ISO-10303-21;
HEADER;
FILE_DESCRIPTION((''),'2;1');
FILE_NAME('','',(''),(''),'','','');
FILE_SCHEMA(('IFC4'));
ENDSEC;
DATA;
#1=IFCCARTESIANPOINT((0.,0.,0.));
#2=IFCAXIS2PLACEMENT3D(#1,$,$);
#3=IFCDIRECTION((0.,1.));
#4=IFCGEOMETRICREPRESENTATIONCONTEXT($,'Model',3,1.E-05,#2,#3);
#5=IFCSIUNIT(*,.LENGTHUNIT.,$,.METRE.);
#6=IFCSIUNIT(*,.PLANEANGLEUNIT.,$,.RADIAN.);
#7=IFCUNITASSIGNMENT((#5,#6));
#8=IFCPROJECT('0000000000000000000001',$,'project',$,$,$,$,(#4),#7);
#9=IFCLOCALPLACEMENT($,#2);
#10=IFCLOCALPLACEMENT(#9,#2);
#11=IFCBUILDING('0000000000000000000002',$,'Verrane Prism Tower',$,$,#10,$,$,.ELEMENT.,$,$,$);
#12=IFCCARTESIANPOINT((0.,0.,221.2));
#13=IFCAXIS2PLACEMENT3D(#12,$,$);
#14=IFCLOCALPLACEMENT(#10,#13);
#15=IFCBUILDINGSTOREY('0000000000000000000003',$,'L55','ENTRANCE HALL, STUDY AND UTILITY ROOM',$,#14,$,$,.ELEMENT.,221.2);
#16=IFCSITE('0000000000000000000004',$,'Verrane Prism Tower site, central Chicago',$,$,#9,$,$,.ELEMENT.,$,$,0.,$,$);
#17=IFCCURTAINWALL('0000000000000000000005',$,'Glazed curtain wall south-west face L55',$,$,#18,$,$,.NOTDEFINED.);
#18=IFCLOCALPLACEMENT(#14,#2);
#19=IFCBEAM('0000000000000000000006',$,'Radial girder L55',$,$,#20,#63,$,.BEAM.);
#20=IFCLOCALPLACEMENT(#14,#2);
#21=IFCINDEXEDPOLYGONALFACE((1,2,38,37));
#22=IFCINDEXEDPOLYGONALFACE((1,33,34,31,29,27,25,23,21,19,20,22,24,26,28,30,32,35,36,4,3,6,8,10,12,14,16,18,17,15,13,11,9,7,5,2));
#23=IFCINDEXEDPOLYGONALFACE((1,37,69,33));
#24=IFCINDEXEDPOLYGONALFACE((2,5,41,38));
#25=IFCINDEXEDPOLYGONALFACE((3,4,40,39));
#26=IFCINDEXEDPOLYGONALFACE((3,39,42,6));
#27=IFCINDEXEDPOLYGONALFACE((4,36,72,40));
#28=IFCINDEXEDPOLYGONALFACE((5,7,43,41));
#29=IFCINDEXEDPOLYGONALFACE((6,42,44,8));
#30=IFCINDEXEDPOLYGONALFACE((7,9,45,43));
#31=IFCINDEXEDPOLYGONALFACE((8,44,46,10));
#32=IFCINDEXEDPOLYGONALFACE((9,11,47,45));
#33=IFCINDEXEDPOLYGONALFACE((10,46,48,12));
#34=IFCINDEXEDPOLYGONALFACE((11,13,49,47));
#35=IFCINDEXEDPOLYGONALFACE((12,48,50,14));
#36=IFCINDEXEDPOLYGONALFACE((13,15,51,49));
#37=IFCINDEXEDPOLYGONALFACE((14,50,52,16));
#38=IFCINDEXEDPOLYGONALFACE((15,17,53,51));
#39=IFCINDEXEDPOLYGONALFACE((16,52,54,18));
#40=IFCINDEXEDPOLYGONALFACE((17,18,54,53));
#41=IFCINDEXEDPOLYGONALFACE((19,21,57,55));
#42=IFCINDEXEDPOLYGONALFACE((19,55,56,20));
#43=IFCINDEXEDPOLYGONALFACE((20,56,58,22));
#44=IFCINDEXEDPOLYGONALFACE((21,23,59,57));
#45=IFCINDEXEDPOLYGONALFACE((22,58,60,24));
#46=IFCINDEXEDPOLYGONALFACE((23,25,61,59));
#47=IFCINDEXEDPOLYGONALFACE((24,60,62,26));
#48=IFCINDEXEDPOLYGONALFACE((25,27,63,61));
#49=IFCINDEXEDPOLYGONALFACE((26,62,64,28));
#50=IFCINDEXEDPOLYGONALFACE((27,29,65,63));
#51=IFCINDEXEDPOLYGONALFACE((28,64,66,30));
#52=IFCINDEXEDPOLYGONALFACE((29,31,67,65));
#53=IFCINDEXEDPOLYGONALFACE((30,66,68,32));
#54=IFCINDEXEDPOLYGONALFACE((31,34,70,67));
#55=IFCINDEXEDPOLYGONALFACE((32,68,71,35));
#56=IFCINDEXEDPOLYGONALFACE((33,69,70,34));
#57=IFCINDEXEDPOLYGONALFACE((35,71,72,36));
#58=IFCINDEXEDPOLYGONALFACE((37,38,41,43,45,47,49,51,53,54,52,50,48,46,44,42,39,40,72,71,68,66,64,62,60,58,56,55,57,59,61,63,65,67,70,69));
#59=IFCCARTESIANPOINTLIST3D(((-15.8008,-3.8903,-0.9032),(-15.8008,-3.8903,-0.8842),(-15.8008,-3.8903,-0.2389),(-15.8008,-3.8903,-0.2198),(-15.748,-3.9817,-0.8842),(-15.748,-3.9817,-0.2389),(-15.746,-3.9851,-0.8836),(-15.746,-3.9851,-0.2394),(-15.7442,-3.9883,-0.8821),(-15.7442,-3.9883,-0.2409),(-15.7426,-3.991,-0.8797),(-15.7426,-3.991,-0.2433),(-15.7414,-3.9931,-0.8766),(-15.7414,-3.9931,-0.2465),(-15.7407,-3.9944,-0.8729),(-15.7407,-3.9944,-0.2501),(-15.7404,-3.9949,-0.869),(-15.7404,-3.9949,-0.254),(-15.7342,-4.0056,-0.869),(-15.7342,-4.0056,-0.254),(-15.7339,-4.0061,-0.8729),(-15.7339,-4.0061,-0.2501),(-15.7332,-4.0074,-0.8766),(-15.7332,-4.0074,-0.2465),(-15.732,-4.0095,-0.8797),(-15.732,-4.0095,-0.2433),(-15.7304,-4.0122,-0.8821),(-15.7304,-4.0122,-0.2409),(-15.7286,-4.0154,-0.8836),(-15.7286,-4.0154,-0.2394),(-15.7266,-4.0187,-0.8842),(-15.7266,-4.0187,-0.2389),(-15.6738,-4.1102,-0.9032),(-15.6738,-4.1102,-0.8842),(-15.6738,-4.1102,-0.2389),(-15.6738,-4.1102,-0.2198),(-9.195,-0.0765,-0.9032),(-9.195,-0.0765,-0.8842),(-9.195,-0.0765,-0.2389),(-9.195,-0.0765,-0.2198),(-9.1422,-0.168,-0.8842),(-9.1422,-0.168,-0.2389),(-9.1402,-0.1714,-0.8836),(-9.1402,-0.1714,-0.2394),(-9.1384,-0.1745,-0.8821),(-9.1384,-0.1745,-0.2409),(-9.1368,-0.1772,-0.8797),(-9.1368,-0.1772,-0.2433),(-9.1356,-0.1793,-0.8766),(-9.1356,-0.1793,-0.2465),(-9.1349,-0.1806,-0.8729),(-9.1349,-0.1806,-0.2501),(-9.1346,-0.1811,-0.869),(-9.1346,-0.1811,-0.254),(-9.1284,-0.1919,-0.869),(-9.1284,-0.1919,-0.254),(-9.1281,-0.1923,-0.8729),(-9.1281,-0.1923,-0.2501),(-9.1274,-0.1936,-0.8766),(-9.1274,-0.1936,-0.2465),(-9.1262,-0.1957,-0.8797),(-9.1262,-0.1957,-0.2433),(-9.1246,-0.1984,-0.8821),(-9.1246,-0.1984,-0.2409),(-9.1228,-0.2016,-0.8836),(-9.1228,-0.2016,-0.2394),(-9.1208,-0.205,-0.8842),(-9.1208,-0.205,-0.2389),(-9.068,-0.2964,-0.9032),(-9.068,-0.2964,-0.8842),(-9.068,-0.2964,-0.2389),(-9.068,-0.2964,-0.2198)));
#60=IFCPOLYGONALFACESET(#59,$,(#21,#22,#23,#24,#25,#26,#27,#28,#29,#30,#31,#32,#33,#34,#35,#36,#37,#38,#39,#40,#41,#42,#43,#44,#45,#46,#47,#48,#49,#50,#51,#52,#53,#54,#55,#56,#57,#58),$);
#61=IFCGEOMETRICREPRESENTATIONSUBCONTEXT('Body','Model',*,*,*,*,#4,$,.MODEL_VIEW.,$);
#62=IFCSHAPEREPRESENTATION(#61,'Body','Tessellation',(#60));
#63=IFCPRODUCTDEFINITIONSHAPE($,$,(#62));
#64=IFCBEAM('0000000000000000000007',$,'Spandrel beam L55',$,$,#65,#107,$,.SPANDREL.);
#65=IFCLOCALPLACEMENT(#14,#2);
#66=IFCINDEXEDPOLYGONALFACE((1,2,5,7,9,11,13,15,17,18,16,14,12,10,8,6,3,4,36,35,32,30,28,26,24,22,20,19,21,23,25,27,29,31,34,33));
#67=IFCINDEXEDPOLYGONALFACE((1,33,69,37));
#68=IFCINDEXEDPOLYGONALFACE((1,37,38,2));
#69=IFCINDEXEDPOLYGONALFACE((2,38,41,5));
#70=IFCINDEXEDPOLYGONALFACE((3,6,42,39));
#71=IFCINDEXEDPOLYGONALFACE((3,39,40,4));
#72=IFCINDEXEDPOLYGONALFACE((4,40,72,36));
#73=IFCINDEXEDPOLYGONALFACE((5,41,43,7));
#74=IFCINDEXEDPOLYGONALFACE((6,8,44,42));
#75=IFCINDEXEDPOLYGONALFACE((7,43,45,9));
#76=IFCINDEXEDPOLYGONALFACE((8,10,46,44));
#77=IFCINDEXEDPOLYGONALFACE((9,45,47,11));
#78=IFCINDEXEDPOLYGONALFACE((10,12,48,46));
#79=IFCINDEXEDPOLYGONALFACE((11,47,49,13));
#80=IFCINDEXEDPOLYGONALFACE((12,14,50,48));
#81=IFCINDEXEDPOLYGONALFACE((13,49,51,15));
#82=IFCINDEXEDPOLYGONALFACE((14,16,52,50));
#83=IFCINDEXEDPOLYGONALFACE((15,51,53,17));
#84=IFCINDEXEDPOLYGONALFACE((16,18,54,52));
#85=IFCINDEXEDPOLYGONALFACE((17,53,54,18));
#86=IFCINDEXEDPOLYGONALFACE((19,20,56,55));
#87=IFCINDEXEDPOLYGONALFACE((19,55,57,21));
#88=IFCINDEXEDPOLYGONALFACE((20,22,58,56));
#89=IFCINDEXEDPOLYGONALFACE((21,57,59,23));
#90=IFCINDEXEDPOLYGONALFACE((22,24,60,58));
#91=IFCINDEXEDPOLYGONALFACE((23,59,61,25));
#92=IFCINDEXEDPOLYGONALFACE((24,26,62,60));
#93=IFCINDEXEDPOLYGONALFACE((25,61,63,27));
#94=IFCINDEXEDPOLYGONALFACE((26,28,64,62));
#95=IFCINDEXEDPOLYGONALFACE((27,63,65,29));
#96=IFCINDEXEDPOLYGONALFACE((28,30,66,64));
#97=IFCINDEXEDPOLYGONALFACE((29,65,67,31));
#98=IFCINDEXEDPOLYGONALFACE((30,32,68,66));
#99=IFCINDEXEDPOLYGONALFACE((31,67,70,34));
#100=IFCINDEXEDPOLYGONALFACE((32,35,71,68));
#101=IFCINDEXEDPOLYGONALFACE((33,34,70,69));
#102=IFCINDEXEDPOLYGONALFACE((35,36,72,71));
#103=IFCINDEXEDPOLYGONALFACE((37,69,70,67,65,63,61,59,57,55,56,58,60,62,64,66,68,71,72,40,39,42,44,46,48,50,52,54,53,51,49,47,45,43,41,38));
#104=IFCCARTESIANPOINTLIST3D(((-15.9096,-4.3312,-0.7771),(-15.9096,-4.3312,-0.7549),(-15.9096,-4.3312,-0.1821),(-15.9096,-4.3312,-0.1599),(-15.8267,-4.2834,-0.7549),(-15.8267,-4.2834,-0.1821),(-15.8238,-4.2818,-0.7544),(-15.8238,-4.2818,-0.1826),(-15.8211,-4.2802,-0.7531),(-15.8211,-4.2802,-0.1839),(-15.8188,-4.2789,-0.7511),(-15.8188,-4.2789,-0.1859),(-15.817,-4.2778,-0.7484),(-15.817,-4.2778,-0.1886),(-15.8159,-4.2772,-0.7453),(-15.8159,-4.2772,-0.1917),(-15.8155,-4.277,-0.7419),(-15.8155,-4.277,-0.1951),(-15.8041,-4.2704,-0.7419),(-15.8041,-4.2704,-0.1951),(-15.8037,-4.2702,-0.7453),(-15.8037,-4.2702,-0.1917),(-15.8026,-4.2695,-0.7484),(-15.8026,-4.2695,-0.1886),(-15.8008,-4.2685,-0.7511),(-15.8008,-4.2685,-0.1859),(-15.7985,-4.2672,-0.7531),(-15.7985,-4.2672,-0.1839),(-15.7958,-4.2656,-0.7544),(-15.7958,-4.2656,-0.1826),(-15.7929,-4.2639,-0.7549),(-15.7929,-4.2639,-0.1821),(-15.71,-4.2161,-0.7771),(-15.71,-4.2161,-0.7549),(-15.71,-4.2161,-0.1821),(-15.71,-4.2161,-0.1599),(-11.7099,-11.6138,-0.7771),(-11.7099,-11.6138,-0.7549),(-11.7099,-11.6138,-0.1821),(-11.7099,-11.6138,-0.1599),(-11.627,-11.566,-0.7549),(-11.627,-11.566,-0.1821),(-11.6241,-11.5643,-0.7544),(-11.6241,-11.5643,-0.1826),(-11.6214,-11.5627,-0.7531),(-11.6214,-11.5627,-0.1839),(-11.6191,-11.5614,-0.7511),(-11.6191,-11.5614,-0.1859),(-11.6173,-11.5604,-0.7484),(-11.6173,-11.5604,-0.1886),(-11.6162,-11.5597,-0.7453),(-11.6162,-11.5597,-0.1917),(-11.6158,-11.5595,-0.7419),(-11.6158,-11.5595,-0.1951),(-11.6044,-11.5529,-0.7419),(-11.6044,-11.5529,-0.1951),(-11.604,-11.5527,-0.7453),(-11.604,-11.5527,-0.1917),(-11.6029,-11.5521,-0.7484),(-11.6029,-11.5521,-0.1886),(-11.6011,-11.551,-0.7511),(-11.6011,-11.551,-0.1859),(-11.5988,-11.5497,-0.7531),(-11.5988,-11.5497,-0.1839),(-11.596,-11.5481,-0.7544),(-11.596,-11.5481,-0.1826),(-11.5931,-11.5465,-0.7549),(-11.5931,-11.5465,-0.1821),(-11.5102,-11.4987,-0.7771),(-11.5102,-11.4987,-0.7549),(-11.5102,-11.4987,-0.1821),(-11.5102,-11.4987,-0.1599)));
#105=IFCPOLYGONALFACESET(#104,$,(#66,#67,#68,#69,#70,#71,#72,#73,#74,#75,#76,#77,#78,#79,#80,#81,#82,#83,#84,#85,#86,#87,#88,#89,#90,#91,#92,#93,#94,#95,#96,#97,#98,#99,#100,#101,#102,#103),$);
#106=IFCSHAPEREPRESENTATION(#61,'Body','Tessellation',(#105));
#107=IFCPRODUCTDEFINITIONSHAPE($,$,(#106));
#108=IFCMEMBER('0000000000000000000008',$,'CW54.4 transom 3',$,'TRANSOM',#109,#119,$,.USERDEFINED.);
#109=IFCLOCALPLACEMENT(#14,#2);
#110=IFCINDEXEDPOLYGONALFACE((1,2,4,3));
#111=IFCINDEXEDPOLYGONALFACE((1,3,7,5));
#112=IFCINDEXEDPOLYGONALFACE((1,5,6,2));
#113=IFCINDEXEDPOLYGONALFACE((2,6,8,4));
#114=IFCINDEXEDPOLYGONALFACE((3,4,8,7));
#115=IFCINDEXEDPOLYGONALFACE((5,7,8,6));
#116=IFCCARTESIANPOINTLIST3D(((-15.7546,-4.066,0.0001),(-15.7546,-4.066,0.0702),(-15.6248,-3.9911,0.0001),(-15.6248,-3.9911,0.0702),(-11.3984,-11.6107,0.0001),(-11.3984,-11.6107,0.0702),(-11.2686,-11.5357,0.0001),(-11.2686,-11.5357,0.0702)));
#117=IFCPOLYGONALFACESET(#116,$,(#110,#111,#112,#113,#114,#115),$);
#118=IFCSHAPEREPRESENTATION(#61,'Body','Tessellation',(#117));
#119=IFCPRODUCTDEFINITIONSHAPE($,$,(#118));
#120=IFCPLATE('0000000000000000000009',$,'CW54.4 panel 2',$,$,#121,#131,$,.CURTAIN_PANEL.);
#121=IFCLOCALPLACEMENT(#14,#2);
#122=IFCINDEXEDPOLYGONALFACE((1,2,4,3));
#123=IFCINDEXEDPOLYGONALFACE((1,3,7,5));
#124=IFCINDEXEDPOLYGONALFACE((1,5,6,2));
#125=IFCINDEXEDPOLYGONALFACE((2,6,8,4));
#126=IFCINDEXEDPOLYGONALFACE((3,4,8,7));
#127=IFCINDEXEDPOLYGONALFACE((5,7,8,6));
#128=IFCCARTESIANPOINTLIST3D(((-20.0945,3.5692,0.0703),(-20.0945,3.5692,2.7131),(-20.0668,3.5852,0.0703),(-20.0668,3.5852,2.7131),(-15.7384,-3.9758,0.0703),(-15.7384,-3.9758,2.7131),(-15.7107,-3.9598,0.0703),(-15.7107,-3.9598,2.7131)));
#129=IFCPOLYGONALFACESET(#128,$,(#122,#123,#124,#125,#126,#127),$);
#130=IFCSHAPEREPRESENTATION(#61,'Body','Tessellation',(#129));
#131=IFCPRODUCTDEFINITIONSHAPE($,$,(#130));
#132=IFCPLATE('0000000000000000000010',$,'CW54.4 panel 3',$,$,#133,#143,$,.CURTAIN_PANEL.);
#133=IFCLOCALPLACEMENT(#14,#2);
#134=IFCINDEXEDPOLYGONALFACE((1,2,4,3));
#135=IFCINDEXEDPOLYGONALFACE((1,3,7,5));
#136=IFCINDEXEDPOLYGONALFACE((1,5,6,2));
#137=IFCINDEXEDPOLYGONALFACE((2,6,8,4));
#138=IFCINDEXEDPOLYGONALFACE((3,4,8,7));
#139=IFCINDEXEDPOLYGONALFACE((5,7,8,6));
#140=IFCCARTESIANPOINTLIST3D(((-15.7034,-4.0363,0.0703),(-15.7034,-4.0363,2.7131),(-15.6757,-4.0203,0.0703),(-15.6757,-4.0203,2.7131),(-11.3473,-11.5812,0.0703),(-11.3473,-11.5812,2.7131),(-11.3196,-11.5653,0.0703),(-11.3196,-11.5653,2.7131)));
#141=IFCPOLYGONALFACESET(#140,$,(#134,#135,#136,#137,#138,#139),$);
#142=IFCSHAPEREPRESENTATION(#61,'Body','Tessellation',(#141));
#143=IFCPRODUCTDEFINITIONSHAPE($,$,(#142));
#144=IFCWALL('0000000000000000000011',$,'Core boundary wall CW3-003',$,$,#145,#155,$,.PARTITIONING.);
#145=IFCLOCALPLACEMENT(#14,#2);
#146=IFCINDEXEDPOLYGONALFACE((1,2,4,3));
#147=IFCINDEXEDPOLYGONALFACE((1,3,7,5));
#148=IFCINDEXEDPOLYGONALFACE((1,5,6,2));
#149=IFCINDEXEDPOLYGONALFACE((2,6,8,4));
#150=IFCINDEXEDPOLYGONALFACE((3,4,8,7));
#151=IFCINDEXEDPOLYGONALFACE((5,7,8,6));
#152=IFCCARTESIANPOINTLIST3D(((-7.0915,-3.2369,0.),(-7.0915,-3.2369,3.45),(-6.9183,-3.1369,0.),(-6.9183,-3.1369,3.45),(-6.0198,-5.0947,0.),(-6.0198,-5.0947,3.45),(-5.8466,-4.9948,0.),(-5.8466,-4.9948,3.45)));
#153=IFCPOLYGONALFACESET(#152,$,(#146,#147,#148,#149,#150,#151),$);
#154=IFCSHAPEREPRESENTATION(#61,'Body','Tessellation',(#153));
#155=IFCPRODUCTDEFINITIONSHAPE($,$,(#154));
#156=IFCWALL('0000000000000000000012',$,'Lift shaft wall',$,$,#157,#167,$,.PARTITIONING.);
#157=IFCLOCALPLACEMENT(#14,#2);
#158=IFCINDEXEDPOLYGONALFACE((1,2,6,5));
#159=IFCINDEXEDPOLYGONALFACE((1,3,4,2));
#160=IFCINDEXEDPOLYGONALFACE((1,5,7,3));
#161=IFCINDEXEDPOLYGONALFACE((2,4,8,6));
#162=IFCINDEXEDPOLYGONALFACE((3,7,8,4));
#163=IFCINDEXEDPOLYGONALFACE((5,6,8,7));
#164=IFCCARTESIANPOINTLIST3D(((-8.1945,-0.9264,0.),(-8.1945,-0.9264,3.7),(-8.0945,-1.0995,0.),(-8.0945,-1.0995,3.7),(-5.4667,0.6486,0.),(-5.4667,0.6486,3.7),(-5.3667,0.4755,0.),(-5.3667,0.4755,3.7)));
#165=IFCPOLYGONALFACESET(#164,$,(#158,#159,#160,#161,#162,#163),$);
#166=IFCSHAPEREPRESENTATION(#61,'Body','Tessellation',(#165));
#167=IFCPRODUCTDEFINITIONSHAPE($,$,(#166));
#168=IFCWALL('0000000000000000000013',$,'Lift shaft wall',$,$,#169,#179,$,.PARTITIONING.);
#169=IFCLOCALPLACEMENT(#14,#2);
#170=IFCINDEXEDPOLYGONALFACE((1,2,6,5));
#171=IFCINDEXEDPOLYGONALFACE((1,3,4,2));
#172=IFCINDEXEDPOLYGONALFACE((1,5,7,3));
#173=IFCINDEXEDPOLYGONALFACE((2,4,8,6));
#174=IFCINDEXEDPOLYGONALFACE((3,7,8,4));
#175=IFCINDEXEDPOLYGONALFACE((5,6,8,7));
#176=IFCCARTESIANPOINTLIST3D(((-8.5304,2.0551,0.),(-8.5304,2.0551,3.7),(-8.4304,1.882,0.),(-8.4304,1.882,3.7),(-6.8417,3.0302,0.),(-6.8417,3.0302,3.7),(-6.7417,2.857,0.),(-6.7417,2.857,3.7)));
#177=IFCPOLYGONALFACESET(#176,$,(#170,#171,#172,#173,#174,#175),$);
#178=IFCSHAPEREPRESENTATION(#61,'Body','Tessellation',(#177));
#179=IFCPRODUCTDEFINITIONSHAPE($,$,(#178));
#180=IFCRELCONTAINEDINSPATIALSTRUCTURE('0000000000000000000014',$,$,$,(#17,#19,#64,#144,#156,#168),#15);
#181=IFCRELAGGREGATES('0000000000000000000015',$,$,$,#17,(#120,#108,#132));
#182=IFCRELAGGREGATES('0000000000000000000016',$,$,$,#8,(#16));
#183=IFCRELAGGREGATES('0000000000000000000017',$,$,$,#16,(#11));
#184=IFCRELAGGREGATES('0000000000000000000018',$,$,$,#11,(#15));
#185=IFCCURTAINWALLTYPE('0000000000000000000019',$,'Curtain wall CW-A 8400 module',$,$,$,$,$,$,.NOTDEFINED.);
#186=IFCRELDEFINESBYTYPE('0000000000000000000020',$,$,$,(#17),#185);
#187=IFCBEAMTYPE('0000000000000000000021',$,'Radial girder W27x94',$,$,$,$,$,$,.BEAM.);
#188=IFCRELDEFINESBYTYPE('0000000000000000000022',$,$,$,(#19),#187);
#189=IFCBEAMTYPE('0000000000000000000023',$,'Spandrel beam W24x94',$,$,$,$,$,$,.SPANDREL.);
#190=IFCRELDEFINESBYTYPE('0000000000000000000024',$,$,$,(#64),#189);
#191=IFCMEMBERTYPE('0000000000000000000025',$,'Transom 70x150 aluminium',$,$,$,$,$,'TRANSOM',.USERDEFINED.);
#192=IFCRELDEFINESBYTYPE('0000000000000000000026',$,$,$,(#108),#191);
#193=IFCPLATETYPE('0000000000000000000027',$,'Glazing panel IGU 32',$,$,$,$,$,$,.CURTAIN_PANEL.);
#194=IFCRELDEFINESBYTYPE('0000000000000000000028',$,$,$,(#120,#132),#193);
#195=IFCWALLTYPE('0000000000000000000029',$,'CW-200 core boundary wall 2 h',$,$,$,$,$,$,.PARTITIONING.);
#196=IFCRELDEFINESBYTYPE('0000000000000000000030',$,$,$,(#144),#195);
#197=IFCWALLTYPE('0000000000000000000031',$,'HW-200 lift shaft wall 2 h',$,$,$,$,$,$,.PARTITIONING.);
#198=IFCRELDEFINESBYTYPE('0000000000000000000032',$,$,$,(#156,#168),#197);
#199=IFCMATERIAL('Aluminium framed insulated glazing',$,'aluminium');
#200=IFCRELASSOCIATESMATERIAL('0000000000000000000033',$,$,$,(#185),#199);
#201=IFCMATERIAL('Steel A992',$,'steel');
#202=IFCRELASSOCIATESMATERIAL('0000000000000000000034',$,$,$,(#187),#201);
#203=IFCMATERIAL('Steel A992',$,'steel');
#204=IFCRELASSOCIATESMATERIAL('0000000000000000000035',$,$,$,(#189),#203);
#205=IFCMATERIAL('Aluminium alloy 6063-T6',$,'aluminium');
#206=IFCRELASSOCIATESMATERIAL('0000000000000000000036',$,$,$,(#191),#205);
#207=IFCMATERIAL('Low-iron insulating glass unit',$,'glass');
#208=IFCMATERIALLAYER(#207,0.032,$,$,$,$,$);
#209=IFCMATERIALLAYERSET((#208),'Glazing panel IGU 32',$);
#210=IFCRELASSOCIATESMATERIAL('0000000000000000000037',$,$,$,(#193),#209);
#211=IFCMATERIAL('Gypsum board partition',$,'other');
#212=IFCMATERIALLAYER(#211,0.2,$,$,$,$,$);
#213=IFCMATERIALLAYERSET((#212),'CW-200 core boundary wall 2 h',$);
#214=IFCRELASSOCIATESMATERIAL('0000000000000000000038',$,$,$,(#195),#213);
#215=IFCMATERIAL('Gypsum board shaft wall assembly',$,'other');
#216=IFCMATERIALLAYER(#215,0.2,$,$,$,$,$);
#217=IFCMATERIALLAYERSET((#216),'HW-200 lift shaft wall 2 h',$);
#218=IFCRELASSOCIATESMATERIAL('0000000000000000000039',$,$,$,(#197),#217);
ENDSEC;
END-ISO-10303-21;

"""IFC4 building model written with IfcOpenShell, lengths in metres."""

from ifc_helpers import new_model, si_unit, direction, frame, frame_2d, origin, origin_2d, place, context, subcontext, project, spatial, rectangle, i_section, extrude, material, layer, layer_set, material_profile, profile_set, type_object, element, aggregate, save


model = new_model("IFC4")

# Units and contexts
model_context = context("Model", 3, precision=1e-05, world=origin(), true_north=direction((0.0, 1.0)))
body_context = subcontext(model_context, "Body", "Model", "MODEL_VIEW")
ifc_project = project(units=[si_unit("LENGTHUNIT", "METRE"), si_unit("PLANEANGLEUNIT", "RADIAN")], contexts=[model_context])

# Site, building, storey
site_placement = place(None, origin())
site = spatial("IfcSite", under=ifc_project, at=site_placement, Name="Verrane Prism Tower site, central Chicago", CompositionType="ELEMENT", RefElevation=0.0)
building_placement = place(site_placement, origin())
building = spatial("IfcBuilding", under=site, at=building_placement, Name="Verrane Prism Tower", CompositionType="ELEMENT")
storey_placement = place(building_placement, frame((0.0, 0.0, 221.2)))
storey = spatial("IfcBuildingStorey", under=building, at=storey_placement, Name="L55", Description="ENTRANCE HALL, STUDY AND UTILITY ROOM", CompositionType="ELEMENT", Elevation=221.2)

# Curtain wall
ifc_material_1 = material(Name="Aluminium framed insulated glazing", Category="aluminium")
curtain_wall_type = type_object("IfcCurtainWallType", Name="Curtain wall CW-A 8400 module", PredefinedType="NOTDEFINED", material=ifc_material_1)
curtain_wall_placement = place(storey_placement, origin())
curtain_wall = element("IfcCurtainWall", 1, at=curtain_wall_placement, inside=storey, type_object=curtain_wall_type, Name="Glazed curtain wall south-west face L55", PredefinedType="NOTDEFINED")

# Beams
ifc_material_2 = material(Name="Steel A992", Category="steel")
ifc_material_profile_1 = material_profile(ifc_material_2, i_section(OverallWidth=0.2539, OverallDepth=0.6833, WebThickness=0.0125, FlangeThickness=0.019, FilletRadius=0.0151, at=origin_2d()), Name="W27x94")
ifc_profile_set_1 = profile_set([ifc_material_profile_1], Name="Steel A992")
beam_type_1 = type_object("IfcBeamType", Name="Radial girder W27x94", PredefinedType="BEAM", material=ifc_profile_set_1)
beam_1_placement = place(storey_placement, frame((-15.7373, -4.0002, -0.5615), z_axis=(0.86603, 0.499991, 0.0), x_axis=(-0.499991, 0.86603, 0.0)))
element("IfcBeam", 2, at=beam_1_placement, inside=storey, type_object=beam_type_1, Name="Radial girder L55", PredefinedType="BEAM", context=body_context, shape_type="SweptSolid", body=[
    extrude(i_section(OverallWidth=0.2539, OverallDepth=0.6833, WebThickness=0.0125, FlangeThickness=0.019, FilletRadius=0.0151, at=origin_2d()), origin(), (0.0, 0.0, 1.0), 7.6277),
])
ifc_material_3 = material(Name="Steel A992", Category="steel")
ifc_material_profile_2 = material_profile(ifc_material_3, i_section(OverallWidth=0.2305, OverallDepth=0.6172, WebThickness=0.0132, FlangeThickness=0.0222, FilletRadius=0.0129, at=origin_2d()), Name="W24x94")
ifc_profile_set_2 = profile_set([ifc_material_profile_2], Name="Steel A992")
beam_type_2 = type_object("IfcBeamType", Name="Spandrel beam W24x94", PredefinedType="SPANDREL", material=ifc_profile_set_2)
beam_2_placement = place(storey_placement, frame((-15.8098, -4.2737, -0.4685), z_axis=(0.499569, -0.866274, 0.0), x_axis=(0.866274, 0.499569, 0.0)))
element("IfcBeam", 3, at=beam_2_placement, inside=storey, type_object=beam_type_2, Name="Spandrel beam L55", PredefinedType="SPANDREL", context=body_context, shape_type="SweptSolid", body=[
    extrude(i_section(OverallWidth=0.2305, OverallDepth=0.6172, WebThickness=0.0132, FlangeThickness=0.0222, FilletRadius=0.0129, at=origin_2d()), origin(), (0.0, 0.0, 1.0), 8.4067),
])

# Member
ifc_material_4 = material(Name="Aluminium alloy 6063-T6", Category="aluminium")
ifc_material_profile_3 = material_profile(ifc_material_4, rectangle(XDim=0.1499, YDim=0.0701, at=origin_2d()), Name="Transom 70x150 aluminium")
ifc_profile_set_3 = profile_set([ifc_material_profile_3], Name="Aluminium alloy 6063-T6")
member_type_1 = type_object("IfcMemberType", Name="Transom 70x150 aluminium", ElementType="TRANSOM", PredefinedType="USERDEFINED", material=ifc_profile_set_3)
member_1_placement = place(storey_placement, frame((-15.6897, -4.0286, 0.0352), z_axis=(0.500024, -0.866012, 0.0), x_axis=(0.866012, 0.500024, 0.0)))
member_1 = element("IfcMember", 4, at=member_1_placement, type_object=member_type_1, Name="CW54.4 transom 3", ObjectType="TRANSOM", PredefinedType="USERDEFINED", context=body_context, shape_type="SweptSolid", body=[
    extrude(rectangle(XDim=0.1499, YDim=0.0701, at=origin_2d()), origin(), (0.0, 0.0, 1.0), 8.7119),
])

# Plates
ifc_material_5 = material(Name="Low-iron insulating glass unit", Category="glass")
ifc_layer_1 = layer(ifc_material_5, 0.032)
ifc_layer_set_1 = layer_set([ifc_layer_1], Name="Glazing panel IGU 32")
plate_type = type_object("IfcPlateType", Name="Glazing panel IGU 32", PredefinedType="CURTAIN_PANEL", material=ifc_layer_set_1)
plate_1_placement = place(storey_placement, frame((-17.9026, -0.1953, 0.0703), z_axis=(0.0, 0.0, 1.0), x_axis=(0.500001, -0.866025, 0.0)))
plate_1 = element("IfcPlate", 5, at=plate_1_placement, type_object=plate_type, Name="CW54.4 panel 2", PredefinedType="CURTAIN_PANEL", context=body_context, shape_type="SweptSolid", body=[
    extrude(rectangle(XDim=8.7122, YDim=0.032, at=origin_2d()), origin(), (0.0, 0.0, 1.0), 2.6428),
])
plate_2_placement = place(storey_placement, frame((-13.5115, -7.8008, 0.0703), z_axis=(0.0, 0.0, 1.0), x_axis=(0.500001, -0.866025, 0.0)))
plate_2 = element("IfcPlate", 6, at=plate_2_placement, type_object=plate_type, Name="CW54.4 panel 3", PredefinedType="CURTAIN_PANEL", context=body_context, shape_type="SweptSolid", body=[
    extrude(rectangle(XDim=8.7122, YDim=0.032, at=origin_2d()), origin(), (0.0, 0.0, 1.0), 2.6428),
])
aggregate(curtain_wall, [plate_1, member_1, plate_2])

# Walls
ifc_material_6 = material(Name="Gypsum board partition", Category="other")
ifc_layer_2 = layer(ifc_material_6, 0.2)
ifc_layer_set_2 = layer_set([ifc_layer_2], Name="CW-200 core boundary wall 2 h")
wall_type_1 = type_object("IfcWallType", Name="CW-200 core boundary wall 2 h", PredefinedType="PARTITIONING", material=ifc_layer_set_2)
wall_1_placement = place(storey_placement, frame((-7.0049, -3.187, 0.0), z_axis=(0.0, 0.0, 1.0), x_axis=(0.49969, -0.866205, 0.0)))
element("IfcWall", 7, at=wall_1_placement, inside=storey, type_object=wall_type_1, Name="Core boundary wall CW3-003", PredefinedType="PARTITIONING", context=body_context, shape_type="SweptSolid", body=[
    extrude(rectangle(XDim=2.1448, YDim=0.2, at=frame_2d((1.0723, 0.0))), origin(), (0.0, 0.0, 1.0), 3.45),
])
ifc_material_7 = material(Name="Gypsum board shaft wall assembly", Category="other")
ifc_layer_3 = layer(ifc_material_7, 0.2)
ifc_layer_set_3 = layer_set([ifc_layer_3], Name="HW-200 lift shaft wall 2 h")
wall_type_2 = type_object("IfcWallType", Name="HW-200 lift shaft wall 2 h", PredefinedType="PARTITIONING", material=ifc_layer_set_3)
wall_2_placement = place(storey_placement, frame((-8.1445, -1.0129, 0.0), z_axis=(0.0, 0.0, 1.0), x_axis=(0.866016, 0.500015, 0.0)))
element("IfcWall", 8, at=wall_2_placement, inside=storey, type_object=wall_type_2, Name="Lift shaft wall", PredefinedType="PARTITIONING", context=body_context, shape_type="SweptSolid", body=[
    extrude(rectangle(XDim=3.1499, YDim=0.2, at=frame_2d((1.575, 0.0))), origin(), (0.0, 0.0, 1.0), 3.7),
])
wall_3_placement = place(storey_placement, frame((-8.4805, 1.9685, 0.0), z_axis=(0.0, 0.0, 1.0), x_axis=(0.866, 0.500044, 0.0)))
element("IfcWall", 9, at=wall_3_placement, inside=storey, type_object=wall_type_2, Name="Lift shaft wall", PredefinedType="PARTITIONING", context=body_context, shape_type="SweptSolid", body=[
    extrude(rectangle(XDim=1.95, YDim=0.2, at=frame_2d((0.9751, 0.0))), origin(), (0.0, 0.0, 1.0), 3.7),
])

save(model, "model.ifc")
